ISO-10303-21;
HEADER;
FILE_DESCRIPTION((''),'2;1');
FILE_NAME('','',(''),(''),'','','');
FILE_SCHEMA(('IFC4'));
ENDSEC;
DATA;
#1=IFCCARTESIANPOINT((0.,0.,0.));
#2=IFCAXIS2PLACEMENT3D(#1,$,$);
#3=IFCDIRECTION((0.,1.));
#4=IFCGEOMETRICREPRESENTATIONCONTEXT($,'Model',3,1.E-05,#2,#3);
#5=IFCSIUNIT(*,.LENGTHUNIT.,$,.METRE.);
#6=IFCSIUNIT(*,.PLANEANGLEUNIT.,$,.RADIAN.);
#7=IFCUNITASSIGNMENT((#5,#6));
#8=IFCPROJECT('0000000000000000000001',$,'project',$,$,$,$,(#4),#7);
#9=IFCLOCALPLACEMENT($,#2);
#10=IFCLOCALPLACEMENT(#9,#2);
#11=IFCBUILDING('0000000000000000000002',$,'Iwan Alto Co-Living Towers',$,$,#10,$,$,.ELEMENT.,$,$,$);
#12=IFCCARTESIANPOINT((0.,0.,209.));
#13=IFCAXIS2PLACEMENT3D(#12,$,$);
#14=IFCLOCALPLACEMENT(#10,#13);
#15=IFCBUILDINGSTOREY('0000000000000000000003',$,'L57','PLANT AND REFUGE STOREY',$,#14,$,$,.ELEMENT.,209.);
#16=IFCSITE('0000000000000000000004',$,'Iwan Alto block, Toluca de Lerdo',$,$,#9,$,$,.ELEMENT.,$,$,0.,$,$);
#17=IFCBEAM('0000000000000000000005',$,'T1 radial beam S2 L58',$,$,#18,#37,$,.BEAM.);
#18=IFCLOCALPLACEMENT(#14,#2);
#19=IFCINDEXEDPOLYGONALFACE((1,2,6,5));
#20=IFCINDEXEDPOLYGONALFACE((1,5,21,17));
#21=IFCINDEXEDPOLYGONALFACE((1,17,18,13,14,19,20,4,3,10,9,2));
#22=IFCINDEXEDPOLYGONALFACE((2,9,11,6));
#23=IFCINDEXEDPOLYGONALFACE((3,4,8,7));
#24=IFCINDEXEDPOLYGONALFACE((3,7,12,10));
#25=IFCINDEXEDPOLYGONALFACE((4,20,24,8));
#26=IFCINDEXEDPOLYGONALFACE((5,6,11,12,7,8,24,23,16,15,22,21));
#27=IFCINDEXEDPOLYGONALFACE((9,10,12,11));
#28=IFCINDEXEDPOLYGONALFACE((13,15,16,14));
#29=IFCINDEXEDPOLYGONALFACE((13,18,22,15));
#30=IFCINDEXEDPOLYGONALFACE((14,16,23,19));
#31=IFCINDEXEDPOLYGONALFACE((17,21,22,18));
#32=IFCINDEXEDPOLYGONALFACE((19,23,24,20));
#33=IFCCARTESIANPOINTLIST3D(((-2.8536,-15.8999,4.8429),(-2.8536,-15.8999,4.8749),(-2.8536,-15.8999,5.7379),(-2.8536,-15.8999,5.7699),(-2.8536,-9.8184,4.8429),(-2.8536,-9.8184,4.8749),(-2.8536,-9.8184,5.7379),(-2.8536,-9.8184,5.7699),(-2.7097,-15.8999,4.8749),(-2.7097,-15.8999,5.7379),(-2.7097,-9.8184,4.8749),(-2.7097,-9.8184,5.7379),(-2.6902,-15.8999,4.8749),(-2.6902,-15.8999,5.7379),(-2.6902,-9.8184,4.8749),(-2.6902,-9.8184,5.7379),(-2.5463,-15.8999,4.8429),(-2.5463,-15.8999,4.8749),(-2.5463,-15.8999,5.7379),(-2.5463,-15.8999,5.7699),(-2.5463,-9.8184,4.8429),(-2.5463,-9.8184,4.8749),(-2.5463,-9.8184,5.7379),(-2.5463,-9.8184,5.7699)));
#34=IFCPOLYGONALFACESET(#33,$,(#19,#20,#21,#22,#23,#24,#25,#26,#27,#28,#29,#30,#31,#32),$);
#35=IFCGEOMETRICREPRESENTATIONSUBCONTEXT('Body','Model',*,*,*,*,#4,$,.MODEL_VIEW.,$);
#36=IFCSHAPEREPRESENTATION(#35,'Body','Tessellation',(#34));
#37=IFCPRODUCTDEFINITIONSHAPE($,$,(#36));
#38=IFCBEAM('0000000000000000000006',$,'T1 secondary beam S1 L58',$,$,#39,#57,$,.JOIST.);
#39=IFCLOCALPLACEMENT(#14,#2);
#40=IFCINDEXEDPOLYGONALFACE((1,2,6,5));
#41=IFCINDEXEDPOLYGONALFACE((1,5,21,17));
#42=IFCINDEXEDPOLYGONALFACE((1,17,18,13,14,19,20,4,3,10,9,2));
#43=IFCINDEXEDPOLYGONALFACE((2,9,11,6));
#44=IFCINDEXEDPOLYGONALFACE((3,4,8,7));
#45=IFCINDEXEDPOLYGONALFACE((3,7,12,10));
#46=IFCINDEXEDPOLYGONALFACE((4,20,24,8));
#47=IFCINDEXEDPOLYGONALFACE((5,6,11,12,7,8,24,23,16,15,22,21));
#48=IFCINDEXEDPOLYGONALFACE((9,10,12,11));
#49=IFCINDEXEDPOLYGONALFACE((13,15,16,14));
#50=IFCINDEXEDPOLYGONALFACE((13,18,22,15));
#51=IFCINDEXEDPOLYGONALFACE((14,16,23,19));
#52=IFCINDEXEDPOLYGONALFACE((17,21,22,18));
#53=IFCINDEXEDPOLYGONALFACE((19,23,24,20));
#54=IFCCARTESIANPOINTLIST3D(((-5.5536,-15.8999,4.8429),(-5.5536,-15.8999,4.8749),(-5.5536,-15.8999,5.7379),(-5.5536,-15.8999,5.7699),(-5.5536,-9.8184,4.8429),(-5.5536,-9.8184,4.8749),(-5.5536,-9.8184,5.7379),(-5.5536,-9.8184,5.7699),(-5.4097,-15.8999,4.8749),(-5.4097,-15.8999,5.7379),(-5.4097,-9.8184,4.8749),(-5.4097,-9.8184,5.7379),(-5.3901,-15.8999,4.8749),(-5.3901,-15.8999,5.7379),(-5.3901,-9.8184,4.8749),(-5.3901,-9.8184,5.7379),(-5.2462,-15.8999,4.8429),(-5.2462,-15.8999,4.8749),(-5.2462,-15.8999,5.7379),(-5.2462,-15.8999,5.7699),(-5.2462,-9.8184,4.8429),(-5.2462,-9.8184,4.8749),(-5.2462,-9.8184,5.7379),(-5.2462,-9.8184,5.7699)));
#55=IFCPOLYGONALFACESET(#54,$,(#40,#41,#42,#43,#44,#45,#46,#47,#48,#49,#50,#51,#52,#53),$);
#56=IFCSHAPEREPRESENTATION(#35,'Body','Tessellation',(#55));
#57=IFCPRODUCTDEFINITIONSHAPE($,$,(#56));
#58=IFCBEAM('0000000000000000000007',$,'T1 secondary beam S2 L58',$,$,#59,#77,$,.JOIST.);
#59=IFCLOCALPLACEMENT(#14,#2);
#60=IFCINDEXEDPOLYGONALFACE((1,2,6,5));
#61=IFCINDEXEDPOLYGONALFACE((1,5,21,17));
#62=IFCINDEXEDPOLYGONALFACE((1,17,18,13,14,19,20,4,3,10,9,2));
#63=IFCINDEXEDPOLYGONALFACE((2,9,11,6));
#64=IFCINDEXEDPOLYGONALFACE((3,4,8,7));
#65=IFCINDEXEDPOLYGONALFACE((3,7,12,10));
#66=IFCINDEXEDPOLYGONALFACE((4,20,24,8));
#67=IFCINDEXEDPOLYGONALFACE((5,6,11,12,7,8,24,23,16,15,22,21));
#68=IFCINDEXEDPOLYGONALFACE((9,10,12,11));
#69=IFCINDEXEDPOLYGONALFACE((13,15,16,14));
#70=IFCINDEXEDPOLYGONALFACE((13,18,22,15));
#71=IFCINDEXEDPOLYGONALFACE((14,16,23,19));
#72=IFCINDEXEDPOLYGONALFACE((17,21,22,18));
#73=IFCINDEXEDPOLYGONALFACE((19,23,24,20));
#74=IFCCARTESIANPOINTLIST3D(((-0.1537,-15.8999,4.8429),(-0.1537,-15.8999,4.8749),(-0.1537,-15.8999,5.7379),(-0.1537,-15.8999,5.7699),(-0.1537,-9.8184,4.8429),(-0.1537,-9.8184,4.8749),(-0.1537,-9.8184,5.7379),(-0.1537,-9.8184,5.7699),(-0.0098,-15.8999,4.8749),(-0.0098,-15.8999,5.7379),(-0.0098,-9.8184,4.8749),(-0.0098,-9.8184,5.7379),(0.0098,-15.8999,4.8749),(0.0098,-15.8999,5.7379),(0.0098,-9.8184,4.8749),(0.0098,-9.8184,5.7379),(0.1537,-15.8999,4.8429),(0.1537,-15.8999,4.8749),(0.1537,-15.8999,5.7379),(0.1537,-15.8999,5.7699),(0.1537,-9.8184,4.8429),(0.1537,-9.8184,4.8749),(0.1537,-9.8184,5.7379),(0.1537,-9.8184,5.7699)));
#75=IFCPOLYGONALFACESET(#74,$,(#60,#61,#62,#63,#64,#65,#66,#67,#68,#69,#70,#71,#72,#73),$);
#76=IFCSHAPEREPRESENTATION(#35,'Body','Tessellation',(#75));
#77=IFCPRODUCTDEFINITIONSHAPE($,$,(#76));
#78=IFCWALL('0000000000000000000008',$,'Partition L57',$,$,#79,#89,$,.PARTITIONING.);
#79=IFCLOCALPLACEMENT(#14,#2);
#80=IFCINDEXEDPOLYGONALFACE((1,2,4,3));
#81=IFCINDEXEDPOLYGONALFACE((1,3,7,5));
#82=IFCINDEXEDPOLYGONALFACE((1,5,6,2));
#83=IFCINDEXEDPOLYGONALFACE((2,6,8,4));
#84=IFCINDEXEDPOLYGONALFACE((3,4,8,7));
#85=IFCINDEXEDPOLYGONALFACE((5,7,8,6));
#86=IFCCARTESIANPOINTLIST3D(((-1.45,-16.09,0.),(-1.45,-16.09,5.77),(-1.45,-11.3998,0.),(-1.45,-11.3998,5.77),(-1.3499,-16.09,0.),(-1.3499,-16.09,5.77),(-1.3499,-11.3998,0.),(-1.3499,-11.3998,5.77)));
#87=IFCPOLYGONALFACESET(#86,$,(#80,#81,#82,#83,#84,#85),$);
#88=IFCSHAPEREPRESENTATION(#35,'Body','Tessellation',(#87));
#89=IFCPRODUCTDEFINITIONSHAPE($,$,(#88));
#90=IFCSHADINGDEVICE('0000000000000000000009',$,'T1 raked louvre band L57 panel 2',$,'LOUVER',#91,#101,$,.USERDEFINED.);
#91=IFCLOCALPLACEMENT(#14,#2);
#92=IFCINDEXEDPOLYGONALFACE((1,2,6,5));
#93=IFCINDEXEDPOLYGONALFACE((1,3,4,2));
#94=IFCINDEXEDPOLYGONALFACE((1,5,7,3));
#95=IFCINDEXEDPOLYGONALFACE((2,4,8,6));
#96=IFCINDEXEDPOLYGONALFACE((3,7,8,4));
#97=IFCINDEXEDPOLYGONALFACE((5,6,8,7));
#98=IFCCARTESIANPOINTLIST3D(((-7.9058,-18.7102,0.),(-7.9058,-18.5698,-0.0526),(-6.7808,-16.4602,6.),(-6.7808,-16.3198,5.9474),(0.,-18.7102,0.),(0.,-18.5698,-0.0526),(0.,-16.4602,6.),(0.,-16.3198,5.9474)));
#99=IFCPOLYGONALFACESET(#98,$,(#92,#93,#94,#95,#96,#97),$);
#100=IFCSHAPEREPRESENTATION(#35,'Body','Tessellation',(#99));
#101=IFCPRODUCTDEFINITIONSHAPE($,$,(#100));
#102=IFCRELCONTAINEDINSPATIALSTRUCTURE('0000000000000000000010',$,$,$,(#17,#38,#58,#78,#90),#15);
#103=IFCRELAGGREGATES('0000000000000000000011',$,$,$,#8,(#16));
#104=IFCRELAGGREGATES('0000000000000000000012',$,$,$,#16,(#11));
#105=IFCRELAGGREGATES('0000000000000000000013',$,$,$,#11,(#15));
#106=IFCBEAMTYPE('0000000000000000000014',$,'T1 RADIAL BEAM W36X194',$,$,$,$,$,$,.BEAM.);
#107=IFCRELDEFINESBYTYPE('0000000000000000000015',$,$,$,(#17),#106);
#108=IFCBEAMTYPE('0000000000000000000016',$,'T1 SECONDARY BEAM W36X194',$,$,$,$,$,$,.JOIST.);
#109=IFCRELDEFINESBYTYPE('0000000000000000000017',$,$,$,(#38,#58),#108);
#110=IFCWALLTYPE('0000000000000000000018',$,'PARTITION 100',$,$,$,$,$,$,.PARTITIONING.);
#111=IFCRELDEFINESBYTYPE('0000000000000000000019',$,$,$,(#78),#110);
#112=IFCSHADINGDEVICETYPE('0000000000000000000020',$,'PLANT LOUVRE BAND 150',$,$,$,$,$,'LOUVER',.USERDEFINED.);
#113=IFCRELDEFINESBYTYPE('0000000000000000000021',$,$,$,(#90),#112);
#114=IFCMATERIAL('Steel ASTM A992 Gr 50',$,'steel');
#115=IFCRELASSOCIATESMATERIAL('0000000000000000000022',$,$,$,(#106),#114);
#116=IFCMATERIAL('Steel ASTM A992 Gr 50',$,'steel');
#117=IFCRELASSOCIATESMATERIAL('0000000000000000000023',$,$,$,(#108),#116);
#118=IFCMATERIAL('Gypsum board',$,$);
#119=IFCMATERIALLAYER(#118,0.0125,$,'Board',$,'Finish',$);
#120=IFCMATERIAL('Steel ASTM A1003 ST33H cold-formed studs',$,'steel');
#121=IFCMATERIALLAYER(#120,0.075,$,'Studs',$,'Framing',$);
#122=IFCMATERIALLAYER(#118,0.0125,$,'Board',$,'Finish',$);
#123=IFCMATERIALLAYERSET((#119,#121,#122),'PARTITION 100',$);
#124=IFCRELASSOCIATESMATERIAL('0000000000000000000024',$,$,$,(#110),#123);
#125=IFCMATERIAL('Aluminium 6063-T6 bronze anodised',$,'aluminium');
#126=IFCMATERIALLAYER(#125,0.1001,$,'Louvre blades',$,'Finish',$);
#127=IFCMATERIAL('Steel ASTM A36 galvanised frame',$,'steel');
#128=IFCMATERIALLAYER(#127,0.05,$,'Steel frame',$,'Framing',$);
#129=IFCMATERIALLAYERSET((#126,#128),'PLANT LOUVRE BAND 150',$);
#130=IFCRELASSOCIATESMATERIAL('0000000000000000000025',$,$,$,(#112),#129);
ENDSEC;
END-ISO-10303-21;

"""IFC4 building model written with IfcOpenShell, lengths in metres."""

from ifc_helpers import new_model, si_unit, direction, frame, frame_2d, origin, origin_2d, place, context, subcontext, project, spatial, polyline, rectangle, i_section, outline, extrude, material, layer, layer_set, material_profile, profile_set, type_object, element, save


model = new_model("IFC4")

# Units and contexts
model_context = context("Model", 3, precision=1e-05, world=origin(), true_north=direction((0.0, 1.0)))
body_context = subcontext(model_context, "Body", "Model", "MODEL_VIEW")
ifc_project = project(units=[si_unit("LENGTHUNIT", "METRE"), si_unit("PLANEANGLEUNIT", "RADIAN")], contexts=[model_context])

# Site, building, storey
site_placement = place(None, origin())
site = spatial("IfcSite", under=ifc_project, at=site_placement, Name="Iwan Alto block, Toluca de Lerdo", CompositionType="ELEMENT", RefElevation=0.0)
building_placement = place(site_placement, origin())
building = spatial("IfcBuilding", under=site, at=building_placement, Name="Iwan Alto Co-Living Towers", CompositionType="ELEMENT")
storey_placement = place(building_placement, frame((0.0, 0.0, 209.0)))
storey = spatial("IfcBuildingStorey", under=building, at=storey_placement, Name="L57", Description="PLANT AND REFUGE STOREY", CompositionType="ELEMENT", Elevation=209.0)

# Beams
ifc_material_1 = material(Name="Steel ASTM A992 Gr 50", Category="steel")
ifc_material_profile_1 = material_profile(ifc_material_1, i_section(OverallWidth=0.3074, OverallDepth=0.927, WebThickness=0.0195, FlangeThickness=0.032, at=origin_2d()), Name="W36X194")
ifc_profile_set_1 = profile_set([ifc_material_profile_1], Name="Steel ASTM A992 Gr 50")
beam_type_1 = type_object("IfcBeamType", Name="T1 RADIAL BEAM W36X194", PredefinedType="BEAM", material=ifc_profile_set_1)
for number, where, z_axis, x_axis, name in (
    (1, (-2.7, -15.8999, 5.3064), (0.0, 1.0, 0.0), (-1.0, 0.0, 0.0), "T1 radial beam S2 L58"),
):
    element("IfcBeam", number, at=place(storey_placement, frame(where, z_axis=z_axis, x_axis=x_axis)), inside=storey, type_object=beam_type_1, Name=name, PredefinedType="BEAM", context=body_context, shape_type="SweptSolid", body=[
        extrude(i_section(OverallWidth=0.3074, OverallDepth=0.927, WebThickness=0.0195, FlangeThickness=0.032, at=origin_2d()), origin(), (0.0, 0.0, 1.0), 6.0815),
    ])
ifc_material_2 = material(Name="Steel ASTM A992 Gr 50", Category="steel")
ifc_material_profile_2 = material_profile(ifc_material_2, i_section(OverallWidth=0.3074, OverallDepth=0.927, WebThickness=0.0195, FlangeThickness=0.032, at=origin_2d()), Name="W36X194")
ifc_profile_set_2 = profile_set([ifc_material_profile_2], Name="Steel ASTM A992 Gr 50")
beam_type_2 = type_object("IfcBeamType", Name="T1 SECONDARY BEAM W36X194", PredefinedType="JOIST", material=ifc_profile_set_2)
for number, where, z_axis, x_axis, name in (
    (2, (-5.3999, -15.8999, 5.3064), (0.0, 1.0, 0.0), (-1.0, 0.0, 0.0), "T1 secondary beam S1 L58"),
    (3, (0.0, -15.8999, 5.3064), (0.0, 1.0, 0.0), (-1.0, 0.0, 0.0), "T1 secondary beam S2 L58"),
):
    element("IfcBeam", number, at=place(storey_placement, frame(where, z_axis=z_axis, x_axis=x_axis)), inside=storey, type_object=beam_type_2, Name=name, PredefinedType="JOIST", context=body_context, shape_type="SweptSolid", body=[
        extrude(i_section(OverallWidth=0.3074, OverallDepth=0.927, WebThickness=0.0195, FlangeThickness=0.032, at=origin_2d()), origin(), (0.0, 0.0, 1.0), 6.0815),
    ])

# Wall
ifc_material_3 = material(Name="Gypsum board")
ifc_layer_1 = layer(ifc_material_3, 0.0125, Name="Board", Category="Finish")
ifc_material_4 = material(Name="Steel ASTM A1003 ST33H cold-formed studs", Category="steel")
ifc_layer_2 = layer(ifc_material_4, 0.075, Name="Studs", Category="Framing")
ifc_layer_3 = layer(ifc_material_3, 0.0125, Name="Board", Category="Finish")
ifc_layer_set_1 = layer_set([ifc_layer_1, ifc_layer_2, ifc_layer_3], Name="PARTITION 100")
wall_type = type_object("IfcWallType", Name="PARTITION 100", PredefinedType="PARTITIONING", material=ifc_layer_set_1)
wall_placement = place(storey_placement, frame((-1.3999, -16.0901, 0.0), z_axis=(0.0, 0.0, 1.0), x_axis=(0.0, 1.0, 0.0)))
element("IfcWall", 4, at=wall_placement, inside=storey, type_object=wall_type, Name="Partition L57", PredefinedType="PARTITIONING", context=body_context, shape_type="SweptSolid", body=[
    extrude(rectangle(XDim=4.6902, YDim=0.1001, at=frame_2d((2.3452, 0.0))), origin(), (0.0, 0.0, 1.0), 5.77),
])

# Shading device
ifc_material_5 = material(Name="Aluminium 6063-T6 bronze anodised", Category="aluminium")
ifc_layer_4 = layer(ifc_material_5, 0.1001, Name="Louvre blades", Category="Finish")
ifc_material_6 = material(Name="Steel ASTM A36 galvanised frame", Category="steel")
ifc_layer_5 = layer(ifc_material_6, 0.05, Name="Steel frame", Category="Framing")
ifc_layer_set_2 = layer_set([ifc_layer_4, ifc_layer_5], Name="PLANT LOUVRE BAND 150")
shading_device_type = type_object("IfcShadingDeviceType", Name="PLANT LOUVRE BAND 150", ElementType="LOUVER", PredefinedType="USERDEFINED", material=ifc_layer_set_2)
shading_device_placement = place(storey_placement, frame((-7.9058, -18.7102, 0.0), z_axis=(0.0, -0.936329, 0.351123), x_axis=(1.0, 0.0, 0.0)))
element("IfcShadingDevice", 5, at=shading_device_placement, inside=storey, type_object=shading_device_type, Name="T1 raked louvre band L57 panel 2", ObjectType="LOUVER", PredefinedType="USERDEFINED", context=body_context, shape_type="SweptSolid", body=[
    extrude(outline(polyline([(0.0, 0.0), (7.9058, 0.0), (7.9058, 6.408), (1.125, 6.408), (0.0, 0.0)])), origin(), (0.0, 0.0, -1.0), 0.1499),
])

save(model, "model.ifc")
